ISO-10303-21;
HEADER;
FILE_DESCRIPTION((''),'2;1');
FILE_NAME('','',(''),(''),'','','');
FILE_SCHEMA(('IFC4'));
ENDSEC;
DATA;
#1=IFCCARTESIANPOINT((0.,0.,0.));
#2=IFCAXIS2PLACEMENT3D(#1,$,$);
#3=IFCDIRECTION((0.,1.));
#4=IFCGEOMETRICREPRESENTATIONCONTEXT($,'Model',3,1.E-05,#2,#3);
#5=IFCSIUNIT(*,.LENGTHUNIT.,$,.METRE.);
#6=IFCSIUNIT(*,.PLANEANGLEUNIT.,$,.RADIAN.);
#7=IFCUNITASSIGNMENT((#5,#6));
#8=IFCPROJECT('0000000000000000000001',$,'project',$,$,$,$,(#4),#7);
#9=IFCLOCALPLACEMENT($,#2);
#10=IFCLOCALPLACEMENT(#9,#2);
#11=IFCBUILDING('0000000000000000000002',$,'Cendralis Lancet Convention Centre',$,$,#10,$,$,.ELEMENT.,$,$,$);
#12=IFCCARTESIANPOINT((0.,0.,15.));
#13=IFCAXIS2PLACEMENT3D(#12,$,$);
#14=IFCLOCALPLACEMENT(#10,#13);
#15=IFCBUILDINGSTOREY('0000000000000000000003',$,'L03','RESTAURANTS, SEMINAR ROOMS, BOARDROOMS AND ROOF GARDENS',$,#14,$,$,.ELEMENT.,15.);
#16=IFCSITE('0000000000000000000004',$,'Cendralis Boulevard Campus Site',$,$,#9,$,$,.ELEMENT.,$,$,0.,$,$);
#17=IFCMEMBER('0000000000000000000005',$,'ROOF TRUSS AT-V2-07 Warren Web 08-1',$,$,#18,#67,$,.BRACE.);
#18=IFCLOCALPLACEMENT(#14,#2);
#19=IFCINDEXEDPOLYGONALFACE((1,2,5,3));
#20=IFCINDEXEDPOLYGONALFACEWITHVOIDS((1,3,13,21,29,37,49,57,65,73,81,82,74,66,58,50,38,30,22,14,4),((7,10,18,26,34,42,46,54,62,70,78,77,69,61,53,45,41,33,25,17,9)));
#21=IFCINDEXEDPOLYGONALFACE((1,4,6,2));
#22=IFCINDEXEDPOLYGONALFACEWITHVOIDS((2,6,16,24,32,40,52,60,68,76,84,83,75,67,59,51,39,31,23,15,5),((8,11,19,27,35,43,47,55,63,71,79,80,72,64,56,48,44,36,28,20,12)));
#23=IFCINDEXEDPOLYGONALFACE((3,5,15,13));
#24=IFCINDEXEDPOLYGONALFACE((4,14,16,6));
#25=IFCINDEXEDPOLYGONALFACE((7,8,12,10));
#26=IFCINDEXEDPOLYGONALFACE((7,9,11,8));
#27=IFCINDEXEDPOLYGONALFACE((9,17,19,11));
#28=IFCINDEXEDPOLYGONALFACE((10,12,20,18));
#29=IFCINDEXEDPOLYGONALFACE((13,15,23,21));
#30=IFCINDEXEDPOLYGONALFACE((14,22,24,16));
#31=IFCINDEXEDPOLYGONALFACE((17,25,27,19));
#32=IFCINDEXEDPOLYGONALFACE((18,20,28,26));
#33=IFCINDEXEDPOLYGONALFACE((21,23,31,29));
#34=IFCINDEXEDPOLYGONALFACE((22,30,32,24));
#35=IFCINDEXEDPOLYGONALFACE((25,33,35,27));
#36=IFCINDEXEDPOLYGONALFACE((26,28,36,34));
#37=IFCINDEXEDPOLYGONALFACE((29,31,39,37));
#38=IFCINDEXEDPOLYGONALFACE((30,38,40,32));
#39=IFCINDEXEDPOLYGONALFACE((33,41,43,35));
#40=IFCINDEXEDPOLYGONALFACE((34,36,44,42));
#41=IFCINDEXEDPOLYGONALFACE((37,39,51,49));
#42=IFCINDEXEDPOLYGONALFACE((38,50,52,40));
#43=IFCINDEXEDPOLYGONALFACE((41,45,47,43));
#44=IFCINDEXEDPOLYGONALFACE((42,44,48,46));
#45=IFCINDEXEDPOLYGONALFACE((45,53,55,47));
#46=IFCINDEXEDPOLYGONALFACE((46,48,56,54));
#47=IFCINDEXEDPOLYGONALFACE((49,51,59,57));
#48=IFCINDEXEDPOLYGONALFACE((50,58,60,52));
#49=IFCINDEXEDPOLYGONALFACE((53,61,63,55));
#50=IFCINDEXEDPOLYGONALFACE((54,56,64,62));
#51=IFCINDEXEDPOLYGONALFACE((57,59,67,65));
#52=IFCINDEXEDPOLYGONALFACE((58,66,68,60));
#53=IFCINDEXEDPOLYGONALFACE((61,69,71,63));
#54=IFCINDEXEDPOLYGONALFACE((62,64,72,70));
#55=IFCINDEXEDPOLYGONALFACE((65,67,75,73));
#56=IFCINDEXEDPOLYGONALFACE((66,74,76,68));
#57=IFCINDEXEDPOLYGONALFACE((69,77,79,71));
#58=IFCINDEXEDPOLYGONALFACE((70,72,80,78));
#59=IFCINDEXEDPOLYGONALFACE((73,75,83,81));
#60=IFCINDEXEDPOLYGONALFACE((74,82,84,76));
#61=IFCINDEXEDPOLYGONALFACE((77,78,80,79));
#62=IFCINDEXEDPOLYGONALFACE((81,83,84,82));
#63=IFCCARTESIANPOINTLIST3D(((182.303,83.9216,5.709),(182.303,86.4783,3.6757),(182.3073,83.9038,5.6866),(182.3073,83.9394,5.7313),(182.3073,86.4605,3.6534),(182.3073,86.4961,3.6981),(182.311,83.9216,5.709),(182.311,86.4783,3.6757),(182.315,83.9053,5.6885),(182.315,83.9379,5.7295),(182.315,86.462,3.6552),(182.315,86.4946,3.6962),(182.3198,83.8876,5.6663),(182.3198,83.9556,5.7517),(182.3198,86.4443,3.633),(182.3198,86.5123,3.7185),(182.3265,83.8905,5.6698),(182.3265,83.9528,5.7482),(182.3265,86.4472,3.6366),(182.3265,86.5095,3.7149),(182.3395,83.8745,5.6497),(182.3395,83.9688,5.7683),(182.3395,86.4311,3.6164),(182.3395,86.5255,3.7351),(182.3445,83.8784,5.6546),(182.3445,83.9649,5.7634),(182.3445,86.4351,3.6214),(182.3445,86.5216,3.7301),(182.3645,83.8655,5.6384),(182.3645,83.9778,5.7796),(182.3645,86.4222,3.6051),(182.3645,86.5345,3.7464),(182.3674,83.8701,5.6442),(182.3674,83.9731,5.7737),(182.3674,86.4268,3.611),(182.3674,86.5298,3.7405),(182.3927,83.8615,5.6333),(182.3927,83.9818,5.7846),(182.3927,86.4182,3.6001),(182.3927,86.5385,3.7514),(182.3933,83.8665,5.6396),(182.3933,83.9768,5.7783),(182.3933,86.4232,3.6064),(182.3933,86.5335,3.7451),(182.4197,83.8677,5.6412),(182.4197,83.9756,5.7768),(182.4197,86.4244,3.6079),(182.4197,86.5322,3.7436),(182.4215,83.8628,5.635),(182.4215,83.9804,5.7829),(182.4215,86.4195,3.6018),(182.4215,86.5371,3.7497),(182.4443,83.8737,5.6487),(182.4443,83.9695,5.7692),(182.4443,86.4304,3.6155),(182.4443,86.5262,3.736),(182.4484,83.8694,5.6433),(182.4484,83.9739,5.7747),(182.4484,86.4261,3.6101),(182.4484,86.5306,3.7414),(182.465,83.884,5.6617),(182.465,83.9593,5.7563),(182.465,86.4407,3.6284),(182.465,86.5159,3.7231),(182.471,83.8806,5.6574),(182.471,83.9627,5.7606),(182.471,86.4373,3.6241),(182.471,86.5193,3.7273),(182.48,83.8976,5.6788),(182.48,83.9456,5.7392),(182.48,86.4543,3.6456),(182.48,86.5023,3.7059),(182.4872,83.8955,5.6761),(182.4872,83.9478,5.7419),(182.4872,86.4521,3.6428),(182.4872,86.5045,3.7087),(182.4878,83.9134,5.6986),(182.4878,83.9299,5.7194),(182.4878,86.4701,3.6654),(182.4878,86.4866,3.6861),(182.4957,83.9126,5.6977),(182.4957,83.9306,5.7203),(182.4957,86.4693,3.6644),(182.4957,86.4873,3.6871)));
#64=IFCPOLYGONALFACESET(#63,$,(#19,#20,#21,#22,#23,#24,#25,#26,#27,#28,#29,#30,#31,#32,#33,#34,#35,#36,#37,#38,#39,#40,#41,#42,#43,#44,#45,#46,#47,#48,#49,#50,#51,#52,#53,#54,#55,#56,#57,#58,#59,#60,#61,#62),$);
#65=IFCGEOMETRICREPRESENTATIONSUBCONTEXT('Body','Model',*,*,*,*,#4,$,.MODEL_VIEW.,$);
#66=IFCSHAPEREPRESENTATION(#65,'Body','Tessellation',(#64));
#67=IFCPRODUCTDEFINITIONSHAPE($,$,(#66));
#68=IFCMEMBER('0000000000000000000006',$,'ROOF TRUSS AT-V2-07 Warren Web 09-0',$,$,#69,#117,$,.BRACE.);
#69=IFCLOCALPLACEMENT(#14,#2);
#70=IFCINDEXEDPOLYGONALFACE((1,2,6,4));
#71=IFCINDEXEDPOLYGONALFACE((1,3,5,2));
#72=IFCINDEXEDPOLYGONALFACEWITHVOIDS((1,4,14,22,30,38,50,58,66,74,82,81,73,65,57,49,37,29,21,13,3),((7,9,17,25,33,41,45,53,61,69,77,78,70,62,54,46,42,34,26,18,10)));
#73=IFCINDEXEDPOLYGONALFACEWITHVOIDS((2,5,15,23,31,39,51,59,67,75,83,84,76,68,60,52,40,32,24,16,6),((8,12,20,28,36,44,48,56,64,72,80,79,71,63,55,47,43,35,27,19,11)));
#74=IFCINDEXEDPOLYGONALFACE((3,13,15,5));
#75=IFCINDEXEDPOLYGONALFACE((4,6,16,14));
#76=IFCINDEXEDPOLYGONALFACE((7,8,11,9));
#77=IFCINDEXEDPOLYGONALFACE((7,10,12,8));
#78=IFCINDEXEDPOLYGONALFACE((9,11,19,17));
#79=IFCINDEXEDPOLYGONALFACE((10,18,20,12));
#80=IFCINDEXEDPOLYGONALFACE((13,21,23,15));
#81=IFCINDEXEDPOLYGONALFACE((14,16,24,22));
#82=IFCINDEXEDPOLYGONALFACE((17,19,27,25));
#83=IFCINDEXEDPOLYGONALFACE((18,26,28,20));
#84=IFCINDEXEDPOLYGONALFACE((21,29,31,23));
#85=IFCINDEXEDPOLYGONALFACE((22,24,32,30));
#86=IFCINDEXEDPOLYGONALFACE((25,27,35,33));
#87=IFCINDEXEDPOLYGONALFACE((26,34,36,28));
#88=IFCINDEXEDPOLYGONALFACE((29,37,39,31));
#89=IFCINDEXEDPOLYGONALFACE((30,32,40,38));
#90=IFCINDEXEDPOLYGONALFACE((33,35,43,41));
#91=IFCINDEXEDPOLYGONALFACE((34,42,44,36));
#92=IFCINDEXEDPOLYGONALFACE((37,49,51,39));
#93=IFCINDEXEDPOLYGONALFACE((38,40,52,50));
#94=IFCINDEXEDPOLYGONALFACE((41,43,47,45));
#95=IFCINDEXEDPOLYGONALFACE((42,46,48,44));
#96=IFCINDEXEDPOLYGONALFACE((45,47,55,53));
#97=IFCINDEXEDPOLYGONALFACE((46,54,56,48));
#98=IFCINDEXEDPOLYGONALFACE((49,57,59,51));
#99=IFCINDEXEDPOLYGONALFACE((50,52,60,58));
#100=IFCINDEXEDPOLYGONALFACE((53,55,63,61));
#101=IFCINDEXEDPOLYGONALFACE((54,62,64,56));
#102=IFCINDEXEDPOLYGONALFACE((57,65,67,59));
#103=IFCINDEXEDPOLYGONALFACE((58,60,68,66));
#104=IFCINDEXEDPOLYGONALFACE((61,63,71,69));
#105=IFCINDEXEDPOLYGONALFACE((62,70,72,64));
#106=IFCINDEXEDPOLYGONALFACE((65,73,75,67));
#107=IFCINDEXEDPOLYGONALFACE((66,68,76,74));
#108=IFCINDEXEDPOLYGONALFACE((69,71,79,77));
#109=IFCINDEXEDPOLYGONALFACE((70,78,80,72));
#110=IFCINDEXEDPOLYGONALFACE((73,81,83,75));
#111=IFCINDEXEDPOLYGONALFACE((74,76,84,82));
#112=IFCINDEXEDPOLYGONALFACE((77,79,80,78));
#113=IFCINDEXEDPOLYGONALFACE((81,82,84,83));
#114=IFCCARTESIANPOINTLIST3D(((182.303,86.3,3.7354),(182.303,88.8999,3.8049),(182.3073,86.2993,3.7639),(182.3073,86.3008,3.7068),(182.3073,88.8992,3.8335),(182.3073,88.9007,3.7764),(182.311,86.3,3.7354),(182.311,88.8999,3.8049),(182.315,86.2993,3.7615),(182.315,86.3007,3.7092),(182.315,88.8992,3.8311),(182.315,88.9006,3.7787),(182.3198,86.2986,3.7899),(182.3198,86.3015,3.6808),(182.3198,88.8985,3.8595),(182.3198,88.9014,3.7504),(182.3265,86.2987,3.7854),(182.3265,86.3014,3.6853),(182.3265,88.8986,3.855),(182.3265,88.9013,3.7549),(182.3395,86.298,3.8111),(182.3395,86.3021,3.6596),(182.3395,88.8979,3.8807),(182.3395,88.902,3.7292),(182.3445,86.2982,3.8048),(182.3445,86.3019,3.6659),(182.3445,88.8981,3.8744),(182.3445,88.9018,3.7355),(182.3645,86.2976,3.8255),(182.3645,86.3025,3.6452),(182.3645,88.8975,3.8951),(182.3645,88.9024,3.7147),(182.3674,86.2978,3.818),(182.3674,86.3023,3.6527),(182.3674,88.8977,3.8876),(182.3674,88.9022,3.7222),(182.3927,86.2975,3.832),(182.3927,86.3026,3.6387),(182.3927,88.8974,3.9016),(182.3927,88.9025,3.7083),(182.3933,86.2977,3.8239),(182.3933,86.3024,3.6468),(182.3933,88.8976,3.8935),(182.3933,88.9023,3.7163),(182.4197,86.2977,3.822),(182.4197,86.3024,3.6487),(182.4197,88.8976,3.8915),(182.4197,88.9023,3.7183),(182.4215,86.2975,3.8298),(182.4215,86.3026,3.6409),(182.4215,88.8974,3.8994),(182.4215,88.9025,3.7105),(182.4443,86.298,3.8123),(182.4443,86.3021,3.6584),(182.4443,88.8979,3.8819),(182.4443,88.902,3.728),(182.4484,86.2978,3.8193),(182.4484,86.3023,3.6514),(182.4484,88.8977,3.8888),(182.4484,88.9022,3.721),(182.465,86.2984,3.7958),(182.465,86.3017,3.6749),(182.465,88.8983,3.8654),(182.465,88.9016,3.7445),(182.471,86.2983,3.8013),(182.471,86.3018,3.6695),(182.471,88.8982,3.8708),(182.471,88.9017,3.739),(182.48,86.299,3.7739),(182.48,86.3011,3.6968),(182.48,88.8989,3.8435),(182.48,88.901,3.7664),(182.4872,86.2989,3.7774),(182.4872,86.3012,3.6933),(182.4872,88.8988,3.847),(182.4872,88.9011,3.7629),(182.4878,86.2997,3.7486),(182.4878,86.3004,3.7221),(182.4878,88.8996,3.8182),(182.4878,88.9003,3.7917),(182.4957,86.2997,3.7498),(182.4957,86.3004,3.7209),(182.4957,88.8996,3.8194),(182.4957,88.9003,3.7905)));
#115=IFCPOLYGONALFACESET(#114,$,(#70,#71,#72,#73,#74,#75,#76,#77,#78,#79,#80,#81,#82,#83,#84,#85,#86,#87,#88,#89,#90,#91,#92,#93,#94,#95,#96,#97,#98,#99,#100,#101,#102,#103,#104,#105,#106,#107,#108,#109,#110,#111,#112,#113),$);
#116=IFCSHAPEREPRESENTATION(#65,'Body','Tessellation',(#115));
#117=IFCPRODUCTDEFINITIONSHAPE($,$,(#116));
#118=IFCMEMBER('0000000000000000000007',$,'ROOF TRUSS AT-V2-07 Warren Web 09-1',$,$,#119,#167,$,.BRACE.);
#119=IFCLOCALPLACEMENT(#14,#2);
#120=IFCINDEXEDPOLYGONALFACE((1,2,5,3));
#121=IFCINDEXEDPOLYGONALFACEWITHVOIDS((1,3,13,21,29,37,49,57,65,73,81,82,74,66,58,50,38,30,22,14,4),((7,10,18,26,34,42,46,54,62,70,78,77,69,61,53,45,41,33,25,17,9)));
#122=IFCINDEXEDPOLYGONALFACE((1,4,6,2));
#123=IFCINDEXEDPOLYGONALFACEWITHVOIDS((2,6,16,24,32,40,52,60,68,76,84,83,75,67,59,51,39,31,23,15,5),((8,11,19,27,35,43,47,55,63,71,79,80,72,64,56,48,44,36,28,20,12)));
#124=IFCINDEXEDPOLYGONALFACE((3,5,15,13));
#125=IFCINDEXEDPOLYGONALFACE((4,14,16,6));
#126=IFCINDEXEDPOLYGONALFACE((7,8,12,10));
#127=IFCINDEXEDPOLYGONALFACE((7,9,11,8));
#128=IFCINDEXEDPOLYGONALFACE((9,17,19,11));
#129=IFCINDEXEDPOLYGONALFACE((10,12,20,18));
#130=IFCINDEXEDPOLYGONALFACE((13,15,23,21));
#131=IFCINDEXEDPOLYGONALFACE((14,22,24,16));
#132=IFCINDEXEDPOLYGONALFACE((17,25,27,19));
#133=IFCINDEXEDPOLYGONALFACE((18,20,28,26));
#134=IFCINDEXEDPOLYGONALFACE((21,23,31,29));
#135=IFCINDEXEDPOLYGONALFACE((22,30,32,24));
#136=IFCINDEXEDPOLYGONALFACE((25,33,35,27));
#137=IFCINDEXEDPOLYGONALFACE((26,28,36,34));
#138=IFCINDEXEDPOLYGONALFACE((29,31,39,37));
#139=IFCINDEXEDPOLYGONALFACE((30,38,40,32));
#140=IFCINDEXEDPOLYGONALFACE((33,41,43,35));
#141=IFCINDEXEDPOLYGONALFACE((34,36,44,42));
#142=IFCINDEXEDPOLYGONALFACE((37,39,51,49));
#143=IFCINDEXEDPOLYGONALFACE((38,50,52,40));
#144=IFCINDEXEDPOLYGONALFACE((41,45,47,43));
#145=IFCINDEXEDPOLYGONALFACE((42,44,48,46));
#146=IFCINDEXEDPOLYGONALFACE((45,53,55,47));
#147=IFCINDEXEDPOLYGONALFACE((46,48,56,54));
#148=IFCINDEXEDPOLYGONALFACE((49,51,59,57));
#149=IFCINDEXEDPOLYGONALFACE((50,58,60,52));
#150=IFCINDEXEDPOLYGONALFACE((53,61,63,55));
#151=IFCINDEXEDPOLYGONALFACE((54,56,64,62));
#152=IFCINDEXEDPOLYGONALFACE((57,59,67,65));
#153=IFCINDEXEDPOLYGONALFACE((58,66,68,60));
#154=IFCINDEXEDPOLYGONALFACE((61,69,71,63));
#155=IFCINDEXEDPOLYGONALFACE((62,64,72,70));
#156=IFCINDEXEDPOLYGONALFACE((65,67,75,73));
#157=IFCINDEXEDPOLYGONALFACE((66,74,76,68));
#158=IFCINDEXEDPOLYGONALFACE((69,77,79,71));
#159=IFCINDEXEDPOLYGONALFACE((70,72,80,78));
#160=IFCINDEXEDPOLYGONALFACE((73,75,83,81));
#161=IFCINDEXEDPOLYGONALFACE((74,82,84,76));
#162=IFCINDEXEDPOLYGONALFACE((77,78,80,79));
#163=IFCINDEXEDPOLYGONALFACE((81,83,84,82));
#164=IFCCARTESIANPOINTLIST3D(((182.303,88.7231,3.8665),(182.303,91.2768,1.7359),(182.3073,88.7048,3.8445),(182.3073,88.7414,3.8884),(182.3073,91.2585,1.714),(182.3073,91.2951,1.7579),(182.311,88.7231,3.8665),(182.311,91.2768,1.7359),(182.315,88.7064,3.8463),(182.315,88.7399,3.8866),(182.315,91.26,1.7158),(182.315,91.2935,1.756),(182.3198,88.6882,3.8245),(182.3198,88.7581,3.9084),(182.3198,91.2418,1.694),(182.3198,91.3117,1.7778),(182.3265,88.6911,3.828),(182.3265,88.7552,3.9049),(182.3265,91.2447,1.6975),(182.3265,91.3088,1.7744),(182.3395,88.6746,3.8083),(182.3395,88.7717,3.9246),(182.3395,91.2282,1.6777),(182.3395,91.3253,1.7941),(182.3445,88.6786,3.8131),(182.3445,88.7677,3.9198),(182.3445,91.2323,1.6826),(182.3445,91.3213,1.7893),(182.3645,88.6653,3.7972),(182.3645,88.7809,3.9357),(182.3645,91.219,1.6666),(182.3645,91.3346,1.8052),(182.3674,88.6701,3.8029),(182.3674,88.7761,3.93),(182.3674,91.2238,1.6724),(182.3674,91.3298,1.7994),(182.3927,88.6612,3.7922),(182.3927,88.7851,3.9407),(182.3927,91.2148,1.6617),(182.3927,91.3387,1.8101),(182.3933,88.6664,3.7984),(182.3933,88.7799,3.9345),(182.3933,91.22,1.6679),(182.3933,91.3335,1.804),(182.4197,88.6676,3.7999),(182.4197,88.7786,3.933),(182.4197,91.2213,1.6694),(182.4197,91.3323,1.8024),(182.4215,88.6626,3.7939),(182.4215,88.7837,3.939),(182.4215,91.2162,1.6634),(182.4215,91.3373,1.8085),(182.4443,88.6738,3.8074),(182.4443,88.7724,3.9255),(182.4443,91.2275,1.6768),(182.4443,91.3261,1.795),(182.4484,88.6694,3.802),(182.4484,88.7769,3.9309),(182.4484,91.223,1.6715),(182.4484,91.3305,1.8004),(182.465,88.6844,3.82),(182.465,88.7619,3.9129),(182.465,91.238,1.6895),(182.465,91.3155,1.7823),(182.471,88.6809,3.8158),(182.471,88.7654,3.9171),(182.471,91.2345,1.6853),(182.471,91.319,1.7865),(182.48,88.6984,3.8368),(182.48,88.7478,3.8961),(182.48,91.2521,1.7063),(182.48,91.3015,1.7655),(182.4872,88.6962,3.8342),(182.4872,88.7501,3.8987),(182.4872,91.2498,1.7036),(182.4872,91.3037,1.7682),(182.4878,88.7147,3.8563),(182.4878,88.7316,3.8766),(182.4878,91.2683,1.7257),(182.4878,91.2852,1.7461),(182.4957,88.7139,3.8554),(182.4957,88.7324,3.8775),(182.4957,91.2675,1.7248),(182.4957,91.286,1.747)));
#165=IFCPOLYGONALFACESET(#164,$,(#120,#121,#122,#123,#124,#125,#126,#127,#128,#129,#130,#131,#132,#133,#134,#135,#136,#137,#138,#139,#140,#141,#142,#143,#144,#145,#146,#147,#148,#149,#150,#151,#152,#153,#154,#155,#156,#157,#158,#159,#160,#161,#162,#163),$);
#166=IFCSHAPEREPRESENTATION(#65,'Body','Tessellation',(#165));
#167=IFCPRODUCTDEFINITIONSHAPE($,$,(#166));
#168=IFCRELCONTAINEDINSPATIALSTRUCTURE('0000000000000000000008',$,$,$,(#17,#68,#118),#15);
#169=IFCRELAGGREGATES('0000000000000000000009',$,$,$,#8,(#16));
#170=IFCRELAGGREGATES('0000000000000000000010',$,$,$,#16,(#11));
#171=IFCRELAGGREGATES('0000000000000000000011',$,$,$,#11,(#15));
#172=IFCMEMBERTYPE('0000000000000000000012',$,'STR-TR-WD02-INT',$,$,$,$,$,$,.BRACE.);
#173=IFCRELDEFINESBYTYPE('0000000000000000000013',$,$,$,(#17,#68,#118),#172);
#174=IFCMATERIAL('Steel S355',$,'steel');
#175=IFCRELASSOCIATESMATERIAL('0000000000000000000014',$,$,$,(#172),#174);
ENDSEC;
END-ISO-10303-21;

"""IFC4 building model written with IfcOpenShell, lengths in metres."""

from ifc_helpers import new_model, si_unit, direction, frame, origin, origin_2d, place, context, subcontext, project, spatial, hollow_circle, extrude, material, material_profile, profile_set, type_object, element, save


model = new_model("IFC4")

# Units and contexts
model_context = context("Model", 3, precision=1e-05, world=origin(), true_north=direction((0.0, 1.0)))
body_context = subcontext(model_context, "Body", "Model", "MODEL_VIEW")
ifc_project = project(units=[si_unit("LENGTHUNIT", "METRE"), si_unit("PLANEANGLEUNIT", "RADIAN")], contexts=[model_context])

# Site, building, storey
site_placement = place(None, origin())
site = spatial("IfcSite", under=ifc_project, at=site_placement, Name="Cendralis Boulevard Campus Site", CompositionType="ELEMENT", RefElevation=0.0)
building_placement = place(site_placement, origin())
building = spatial("IfcBuilding", under=site, at=building_placement, Name="Cendralis Lancet Convention Centre", CompositionType="ELEMENT")
storey_placement = place(building_placement, frame((0.0, 0.0, 15.0)))
storey = spatial("IfcBuildingStorey", under=building, at=storey_placement, Name="L03", Description="RESTAURANTS, SEMINAR ROOMS, BOARDROOMS AND ROOF GARDENS", CompositionType="ELEMENT", Elevation=15.0)

# Members
ifc_material_1 = material(Name="Steel S355", Category="steel")
ifc_material_profile_1 = material_profile(ifc_material_1, hollow_circle(Radius=0.0969, WallThickness=0.0081, at=origin_2d()), Name="CHS 193.7x8.0")
ifc_profile_set_1 = profile_set([ifc_material_profile_1], Name="Steel S355")
member_type_1 = type_object("IfcMemberType", Name="STR-TR-WD02-INT", PredefinedType="BRACE", material=ifc_profile_set_1)
member_1_placement = place(storey_placement, frame((182.3999, 83.9216, 5.709), z_axis=(0.0, 0.782674, -0.622432), x_axis=(-1.0, 0.0, 0.0)))
element("IfcMember", 1, at=member_1_placement, inside=storey, type_object=member_type_1, Name="ROOF TRUSS AT-V2-07 Warren Web 08-1", PredefinedType="BRACE", context=body_context, shape_type="SweptSolid", body=[
    extrude(hollow_circle(Radius=0.0969, WallThickness=0.0081, at=origin_2d()), origin(), (0.0, 0.0, 1.0), 3.2666),
])
member_2_placement = place(storey_placement, frame((182.3999, 86.3, 3.7354), z_axis=(0.0, 0.999642, 0.026753), x_axis=(-1.0, 0.0, 0.0)))
element("IfcMember", 2, at=member_2_placement, inside=storey, type_object=member_type_1, Name="ROOF TRUSS AT-V2-07 Warren Web 09-0", PredefinedType="BRACE", context=body_context, shape_type="SweptSolid", body=[
    extrude(hollow_circle(Radius=0.0969, WallThickness=0.0081, at=origin_2d()), origin(), (0.0, 0.0, 1.0), 2.6008),
])
member_3_placement = place(storey_placement, frame((182.3999, 88.7231, 3.8665), z_axis=(0.0, 0.767848, -0.640632), x_axis=(-1.0, 0.0, 0.0)))
element("IfcMember", 3, at=member_3_placement, inside=storey, type_object=member_type_1, Name="ROOF TRUSS AT-V2-07 Warren Web 09-1", PredefinedType="BRACE", context=body_context, shape_type="SweptSolid", body=[
    extrude(hollow_circle(Radius=0.0969, WallThickness=0.0081, at=origin_2d()), origin(), (0.0, 0.0, 1.0), 3.3257),
])

save(model, "model.ifc")
